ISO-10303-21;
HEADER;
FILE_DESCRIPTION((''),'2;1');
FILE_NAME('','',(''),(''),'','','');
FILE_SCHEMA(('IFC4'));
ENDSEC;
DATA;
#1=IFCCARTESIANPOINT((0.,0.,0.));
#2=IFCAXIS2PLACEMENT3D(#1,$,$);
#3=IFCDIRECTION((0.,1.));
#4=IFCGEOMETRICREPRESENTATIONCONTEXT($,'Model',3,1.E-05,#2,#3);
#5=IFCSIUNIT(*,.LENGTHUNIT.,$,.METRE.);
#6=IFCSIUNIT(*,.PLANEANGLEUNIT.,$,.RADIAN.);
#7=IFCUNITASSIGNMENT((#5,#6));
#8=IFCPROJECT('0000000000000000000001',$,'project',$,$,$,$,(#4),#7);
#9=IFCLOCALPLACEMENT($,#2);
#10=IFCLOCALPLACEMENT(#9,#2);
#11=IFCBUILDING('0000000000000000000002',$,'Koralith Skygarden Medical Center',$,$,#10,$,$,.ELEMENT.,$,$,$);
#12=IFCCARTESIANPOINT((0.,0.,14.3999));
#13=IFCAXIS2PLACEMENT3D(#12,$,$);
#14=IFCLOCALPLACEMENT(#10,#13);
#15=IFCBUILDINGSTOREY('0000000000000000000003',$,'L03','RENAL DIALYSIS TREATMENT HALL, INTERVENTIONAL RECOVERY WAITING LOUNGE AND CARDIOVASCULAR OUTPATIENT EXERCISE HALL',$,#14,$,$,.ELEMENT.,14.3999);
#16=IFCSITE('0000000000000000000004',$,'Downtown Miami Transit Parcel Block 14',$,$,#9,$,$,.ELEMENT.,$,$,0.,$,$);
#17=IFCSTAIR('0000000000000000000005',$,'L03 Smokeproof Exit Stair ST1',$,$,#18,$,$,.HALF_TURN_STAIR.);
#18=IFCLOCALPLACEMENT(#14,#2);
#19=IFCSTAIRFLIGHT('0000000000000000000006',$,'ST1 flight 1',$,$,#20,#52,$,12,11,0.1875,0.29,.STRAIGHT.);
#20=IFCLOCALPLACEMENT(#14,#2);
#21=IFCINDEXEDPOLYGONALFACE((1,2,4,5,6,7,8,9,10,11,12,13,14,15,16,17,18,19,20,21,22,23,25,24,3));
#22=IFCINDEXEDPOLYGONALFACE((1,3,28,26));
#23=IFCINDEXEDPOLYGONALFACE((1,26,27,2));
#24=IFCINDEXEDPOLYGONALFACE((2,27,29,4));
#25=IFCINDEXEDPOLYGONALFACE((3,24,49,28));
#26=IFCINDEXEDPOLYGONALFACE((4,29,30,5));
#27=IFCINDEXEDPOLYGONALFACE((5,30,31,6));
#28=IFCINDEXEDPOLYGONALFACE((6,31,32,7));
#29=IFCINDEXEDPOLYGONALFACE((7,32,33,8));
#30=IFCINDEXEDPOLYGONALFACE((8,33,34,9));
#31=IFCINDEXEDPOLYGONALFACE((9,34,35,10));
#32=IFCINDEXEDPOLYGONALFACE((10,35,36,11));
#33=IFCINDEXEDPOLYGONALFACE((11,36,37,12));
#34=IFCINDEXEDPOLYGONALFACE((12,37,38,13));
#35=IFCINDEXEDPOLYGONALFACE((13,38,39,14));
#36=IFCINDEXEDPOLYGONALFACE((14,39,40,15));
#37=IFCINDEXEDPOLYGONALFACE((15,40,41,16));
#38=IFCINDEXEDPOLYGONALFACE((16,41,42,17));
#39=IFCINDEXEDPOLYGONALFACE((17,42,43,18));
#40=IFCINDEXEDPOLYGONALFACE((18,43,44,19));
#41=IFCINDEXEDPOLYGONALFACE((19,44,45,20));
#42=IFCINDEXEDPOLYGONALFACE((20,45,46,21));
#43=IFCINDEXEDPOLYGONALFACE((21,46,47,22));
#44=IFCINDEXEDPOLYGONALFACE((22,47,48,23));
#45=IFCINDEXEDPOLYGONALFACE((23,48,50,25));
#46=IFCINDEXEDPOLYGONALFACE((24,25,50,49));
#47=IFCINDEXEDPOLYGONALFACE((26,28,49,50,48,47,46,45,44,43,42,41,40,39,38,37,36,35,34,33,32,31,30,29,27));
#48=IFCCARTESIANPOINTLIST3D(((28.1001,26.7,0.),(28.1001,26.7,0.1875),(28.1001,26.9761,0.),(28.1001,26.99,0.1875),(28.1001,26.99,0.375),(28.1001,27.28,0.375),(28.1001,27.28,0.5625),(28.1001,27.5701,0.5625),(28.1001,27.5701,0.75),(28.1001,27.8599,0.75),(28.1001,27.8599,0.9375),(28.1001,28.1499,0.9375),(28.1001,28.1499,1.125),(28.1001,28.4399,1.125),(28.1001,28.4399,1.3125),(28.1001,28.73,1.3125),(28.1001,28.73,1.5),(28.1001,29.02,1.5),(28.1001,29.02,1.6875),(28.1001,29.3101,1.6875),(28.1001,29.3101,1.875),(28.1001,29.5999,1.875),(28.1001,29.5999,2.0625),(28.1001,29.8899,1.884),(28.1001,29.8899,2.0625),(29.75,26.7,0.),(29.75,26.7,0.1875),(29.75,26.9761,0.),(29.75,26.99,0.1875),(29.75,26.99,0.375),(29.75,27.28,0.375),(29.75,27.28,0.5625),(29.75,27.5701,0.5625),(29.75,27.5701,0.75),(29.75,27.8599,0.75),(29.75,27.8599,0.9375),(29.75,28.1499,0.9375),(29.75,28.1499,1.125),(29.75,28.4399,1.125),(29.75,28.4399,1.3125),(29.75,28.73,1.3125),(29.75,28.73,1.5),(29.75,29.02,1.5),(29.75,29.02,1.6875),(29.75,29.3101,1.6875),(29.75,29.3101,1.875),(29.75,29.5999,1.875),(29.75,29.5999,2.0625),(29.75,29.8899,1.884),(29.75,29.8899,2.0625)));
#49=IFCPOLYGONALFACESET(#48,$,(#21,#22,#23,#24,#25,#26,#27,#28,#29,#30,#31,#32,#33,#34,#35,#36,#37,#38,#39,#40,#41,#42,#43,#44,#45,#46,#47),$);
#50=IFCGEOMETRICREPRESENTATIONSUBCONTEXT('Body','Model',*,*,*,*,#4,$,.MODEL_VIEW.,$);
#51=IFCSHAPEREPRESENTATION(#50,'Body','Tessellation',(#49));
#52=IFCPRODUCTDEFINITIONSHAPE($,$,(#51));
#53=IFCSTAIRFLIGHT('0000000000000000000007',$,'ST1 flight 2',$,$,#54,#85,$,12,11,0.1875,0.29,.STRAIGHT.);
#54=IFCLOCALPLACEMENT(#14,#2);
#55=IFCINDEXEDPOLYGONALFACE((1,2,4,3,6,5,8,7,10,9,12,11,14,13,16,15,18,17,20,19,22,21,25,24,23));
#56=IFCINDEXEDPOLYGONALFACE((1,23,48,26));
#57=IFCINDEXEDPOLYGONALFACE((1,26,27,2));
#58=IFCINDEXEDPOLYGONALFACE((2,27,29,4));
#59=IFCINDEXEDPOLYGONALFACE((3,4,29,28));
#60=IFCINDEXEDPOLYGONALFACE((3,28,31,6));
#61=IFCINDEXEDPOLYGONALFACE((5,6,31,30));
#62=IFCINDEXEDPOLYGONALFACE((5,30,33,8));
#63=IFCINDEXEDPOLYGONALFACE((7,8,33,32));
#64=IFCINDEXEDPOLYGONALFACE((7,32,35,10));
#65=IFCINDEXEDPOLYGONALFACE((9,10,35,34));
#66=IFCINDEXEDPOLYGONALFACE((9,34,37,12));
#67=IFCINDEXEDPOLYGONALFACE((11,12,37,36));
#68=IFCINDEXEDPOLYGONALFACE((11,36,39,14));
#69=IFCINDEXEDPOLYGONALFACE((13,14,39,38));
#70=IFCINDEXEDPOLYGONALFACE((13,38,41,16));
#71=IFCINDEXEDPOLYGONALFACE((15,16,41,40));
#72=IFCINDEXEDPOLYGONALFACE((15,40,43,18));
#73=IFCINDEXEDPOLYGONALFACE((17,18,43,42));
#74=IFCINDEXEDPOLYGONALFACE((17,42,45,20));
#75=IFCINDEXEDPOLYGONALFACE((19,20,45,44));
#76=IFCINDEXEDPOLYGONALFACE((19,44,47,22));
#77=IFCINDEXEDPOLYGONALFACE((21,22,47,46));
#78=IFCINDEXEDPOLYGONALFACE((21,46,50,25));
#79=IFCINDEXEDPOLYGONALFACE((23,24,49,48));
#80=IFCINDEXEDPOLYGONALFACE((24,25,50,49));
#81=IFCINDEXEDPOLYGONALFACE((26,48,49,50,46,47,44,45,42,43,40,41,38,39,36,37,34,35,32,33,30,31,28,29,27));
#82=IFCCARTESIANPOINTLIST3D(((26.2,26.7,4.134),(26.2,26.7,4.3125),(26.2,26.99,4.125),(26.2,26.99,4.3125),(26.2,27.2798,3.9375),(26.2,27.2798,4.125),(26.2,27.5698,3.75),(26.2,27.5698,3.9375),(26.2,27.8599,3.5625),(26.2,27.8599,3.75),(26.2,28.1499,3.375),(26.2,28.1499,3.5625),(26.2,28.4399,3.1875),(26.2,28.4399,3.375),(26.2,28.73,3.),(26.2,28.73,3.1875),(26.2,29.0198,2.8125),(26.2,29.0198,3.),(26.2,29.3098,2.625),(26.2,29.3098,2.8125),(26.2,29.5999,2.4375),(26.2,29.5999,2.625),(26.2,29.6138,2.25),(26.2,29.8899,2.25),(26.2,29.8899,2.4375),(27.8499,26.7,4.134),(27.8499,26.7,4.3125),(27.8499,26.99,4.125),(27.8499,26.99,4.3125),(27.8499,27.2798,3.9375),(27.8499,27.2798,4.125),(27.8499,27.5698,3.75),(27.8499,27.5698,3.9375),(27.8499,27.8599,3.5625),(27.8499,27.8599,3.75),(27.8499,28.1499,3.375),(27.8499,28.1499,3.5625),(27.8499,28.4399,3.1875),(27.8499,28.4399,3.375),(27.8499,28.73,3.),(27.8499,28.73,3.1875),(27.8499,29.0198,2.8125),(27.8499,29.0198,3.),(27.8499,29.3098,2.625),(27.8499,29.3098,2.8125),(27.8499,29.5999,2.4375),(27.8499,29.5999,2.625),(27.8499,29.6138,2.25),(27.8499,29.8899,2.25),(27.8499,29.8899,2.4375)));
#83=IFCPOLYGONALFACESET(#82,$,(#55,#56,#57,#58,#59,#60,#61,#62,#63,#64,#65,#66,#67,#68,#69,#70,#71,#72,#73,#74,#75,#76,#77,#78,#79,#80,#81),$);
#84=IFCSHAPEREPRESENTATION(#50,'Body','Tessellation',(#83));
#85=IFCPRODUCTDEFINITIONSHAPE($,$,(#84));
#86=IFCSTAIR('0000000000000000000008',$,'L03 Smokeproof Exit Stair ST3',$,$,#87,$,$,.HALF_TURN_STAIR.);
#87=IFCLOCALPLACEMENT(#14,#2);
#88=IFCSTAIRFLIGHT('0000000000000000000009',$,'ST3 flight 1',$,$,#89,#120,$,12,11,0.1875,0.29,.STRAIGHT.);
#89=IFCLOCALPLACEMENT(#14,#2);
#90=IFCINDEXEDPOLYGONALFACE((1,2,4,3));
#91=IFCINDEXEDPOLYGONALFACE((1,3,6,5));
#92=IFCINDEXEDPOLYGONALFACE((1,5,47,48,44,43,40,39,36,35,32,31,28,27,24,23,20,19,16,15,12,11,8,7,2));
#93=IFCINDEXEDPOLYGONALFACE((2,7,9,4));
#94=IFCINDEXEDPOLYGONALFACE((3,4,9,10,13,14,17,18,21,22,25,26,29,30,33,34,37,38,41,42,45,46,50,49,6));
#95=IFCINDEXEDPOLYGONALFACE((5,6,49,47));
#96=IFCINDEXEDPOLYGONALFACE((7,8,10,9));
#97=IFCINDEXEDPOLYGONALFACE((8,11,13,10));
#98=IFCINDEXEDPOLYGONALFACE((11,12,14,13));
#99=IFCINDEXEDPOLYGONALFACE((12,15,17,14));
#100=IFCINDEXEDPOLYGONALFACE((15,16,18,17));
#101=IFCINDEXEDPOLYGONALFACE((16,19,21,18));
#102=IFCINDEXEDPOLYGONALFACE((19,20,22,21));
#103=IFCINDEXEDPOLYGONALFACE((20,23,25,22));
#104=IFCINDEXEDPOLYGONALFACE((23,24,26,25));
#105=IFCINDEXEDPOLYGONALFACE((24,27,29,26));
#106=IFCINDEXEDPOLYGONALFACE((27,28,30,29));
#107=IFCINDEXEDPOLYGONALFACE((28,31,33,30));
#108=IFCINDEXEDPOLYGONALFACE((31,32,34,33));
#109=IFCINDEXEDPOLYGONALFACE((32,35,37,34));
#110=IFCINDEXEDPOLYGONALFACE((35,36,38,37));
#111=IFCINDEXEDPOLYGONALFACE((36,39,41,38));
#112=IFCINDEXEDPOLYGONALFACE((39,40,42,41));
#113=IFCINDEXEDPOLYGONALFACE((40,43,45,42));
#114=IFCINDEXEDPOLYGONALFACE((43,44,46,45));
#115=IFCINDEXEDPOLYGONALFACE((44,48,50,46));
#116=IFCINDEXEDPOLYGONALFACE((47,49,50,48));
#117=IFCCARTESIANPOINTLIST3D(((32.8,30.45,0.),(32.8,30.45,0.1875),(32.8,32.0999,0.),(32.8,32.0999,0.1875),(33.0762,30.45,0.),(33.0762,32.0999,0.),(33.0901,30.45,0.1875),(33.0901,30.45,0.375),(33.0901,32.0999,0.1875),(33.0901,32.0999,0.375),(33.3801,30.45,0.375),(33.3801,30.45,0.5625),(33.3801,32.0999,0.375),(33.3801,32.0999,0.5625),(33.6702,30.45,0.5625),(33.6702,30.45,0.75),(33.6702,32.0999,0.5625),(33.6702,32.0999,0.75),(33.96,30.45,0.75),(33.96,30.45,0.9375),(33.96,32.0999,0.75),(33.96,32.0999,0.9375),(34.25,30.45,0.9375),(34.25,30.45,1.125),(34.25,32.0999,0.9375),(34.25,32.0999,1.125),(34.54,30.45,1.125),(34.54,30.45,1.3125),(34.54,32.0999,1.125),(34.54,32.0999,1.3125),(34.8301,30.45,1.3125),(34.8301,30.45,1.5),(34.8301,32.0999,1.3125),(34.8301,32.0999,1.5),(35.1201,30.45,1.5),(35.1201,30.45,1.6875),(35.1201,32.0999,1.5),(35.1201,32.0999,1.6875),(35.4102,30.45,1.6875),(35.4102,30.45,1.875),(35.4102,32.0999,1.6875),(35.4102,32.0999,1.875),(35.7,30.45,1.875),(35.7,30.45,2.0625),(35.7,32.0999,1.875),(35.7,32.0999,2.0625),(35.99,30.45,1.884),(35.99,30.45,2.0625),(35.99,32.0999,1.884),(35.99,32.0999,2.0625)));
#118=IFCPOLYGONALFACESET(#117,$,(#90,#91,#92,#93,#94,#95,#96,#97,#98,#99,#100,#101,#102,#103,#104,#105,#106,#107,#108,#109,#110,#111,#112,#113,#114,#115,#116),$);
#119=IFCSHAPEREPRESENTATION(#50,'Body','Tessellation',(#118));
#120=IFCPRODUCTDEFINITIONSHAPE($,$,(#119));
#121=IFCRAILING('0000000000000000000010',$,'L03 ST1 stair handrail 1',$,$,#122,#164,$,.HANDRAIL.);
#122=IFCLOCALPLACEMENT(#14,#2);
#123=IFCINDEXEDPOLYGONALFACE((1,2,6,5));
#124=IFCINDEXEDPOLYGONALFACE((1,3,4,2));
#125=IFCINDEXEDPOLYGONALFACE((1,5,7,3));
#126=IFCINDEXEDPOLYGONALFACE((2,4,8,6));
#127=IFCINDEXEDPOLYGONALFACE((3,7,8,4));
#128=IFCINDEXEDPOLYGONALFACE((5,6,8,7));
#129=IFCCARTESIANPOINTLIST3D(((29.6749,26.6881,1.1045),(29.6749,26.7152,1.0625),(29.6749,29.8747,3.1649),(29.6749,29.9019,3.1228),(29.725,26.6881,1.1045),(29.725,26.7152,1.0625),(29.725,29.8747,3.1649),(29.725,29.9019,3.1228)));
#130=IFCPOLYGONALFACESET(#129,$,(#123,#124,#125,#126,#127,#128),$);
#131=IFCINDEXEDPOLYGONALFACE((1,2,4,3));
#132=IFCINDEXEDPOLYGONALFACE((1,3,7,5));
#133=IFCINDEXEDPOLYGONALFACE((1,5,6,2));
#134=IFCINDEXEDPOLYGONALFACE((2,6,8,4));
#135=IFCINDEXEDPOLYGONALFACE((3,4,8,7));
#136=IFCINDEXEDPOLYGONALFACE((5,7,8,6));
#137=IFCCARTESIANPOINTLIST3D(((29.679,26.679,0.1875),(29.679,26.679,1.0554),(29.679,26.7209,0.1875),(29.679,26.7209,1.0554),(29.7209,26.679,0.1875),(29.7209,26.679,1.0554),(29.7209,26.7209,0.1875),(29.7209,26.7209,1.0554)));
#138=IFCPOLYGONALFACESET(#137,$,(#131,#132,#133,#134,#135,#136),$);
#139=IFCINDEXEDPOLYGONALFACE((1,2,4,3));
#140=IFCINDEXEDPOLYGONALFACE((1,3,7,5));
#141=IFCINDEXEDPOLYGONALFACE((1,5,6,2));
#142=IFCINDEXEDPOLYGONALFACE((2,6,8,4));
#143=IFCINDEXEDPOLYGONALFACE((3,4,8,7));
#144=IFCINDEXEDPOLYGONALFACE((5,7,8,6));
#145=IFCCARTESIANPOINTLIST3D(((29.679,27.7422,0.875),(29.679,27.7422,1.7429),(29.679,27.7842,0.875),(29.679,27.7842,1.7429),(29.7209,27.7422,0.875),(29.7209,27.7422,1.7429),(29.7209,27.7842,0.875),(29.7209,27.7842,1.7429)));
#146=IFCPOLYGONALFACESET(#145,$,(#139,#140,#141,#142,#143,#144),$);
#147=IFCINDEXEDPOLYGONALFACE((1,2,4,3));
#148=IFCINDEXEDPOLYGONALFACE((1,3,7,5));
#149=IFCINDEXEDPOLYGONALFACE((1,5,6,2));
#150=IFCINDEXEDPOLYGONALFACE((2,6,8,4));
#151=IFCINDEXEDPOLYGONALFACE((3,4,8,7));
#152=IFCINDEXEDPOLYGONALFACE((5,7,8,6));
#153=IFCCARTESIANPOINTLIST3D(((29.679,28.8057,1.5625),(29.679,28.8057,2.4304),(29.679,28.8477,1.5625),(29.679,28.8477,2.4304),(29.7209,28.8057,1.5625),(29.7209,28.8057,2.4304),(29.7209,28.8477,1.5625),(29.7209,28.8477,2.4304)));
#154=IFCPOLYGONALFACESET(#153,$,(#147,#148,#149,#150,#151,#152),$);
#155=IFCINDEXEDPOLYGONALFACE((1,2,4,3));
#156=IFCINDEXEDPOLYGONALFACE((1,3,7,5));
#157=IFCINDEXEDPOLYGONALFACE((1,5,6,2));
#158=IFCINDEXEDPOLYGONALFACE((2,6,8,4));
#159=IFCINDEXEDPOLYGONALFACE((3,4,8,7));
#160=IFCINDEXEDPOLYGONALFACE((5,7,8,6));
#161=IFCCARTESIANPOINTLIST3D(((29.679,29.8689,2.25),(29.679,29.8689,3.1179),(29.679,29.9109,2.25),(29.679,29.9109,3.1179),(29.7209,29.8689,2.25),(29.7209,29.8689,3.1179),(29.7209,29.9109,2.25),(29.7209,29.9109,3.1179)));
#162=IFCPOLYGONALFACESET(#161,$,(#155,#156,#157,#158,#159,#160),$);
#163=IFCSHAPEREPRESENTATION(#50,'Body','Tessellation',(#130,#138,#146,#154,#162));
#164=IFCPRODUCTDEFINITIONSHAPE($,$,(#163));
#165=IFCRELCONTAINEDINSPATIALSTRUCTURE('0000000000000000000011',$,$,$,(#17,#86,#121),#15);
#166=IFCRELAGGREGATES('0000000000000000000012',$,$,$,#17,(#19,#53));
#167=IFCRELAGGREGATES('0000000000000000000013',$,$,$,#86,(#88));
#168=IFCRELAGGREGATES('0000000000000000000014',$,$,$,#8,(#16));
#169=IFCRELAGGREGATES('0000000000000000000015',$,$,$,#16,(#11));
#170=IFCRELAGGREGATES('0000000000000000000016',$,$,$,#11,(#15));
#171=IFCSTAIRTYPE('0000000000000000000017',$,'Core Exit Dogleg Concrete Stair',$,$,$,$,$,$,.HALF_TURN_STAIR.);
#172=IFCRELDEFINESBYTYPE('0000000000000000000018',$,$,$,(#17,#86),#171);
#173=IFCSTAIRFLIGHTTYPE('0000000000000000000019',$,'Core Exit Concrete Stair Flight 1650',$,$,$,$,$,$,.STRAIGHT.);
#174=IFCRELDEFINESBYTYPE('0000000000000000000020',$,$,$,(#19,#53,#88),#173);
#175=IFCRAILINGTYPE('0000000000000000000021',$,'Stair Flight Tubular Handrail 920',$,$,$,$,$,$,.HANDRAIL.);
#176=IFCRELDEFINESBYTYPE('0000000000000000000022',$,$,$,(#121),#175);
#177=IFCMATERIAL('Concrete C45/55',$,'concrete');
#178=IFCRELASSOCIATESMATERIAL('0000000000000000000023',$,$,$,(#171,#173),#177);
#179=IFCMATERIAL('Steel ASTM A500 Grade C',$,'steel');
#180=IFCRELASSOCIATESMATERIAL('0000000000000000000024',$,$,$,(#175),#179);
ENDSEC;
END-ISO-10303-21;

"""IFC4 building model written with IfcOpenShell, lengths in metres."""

from ifc_helpers import new_model, si_unit, direction, frame, origin, origin_2d, place, context, subcontext, project, spatial, polyline, rectangle, outline, extrude, material, type_object, element, aggregate, save


model = new_model("IFC4")

# Units and contexts
model_context = context("Model", 3, precision=1e-05, world=origin(), true_north=direction((0.0, 1.0)))
body_context = subcontext(model_context, "Body", "Model", "MODEL_VIEW")
ifc_project = project(units=[si_unit("LENGTHUNIT", "METRE"), si_unit("PLANEANGLEUNIT", "RADIAN")], contexts=[model_context])

# Site, building, storey
site_placement = place(None, origin())
site = spatial("IfcSite", under=ifc_project, at=site_placement, Name="Downtown Miami Transit Parcel Block 14", CompositionType="ELEMENT", RefElevation=0.0)
building_placement = place(site_placement, origin())
building = spatial("IfcBuilding", under=site, at=building_placement, Name="Koralith Skygarden Medical Center", CompositionType="ELEMENT")
storey_placement = place(building_placement, frame((0.0, 0.0, 14.3999)))
storey = spatial("IfcBuildingStorey", under=building, at=storey_placement, Name="L03", Description="RENAL DIALYSIS TREATMENT HALL, INTERVENTIONAL RECOVERY WAITING LOUNGE AND CARDIOVASCULAR OUTPATIENT EXERCISE HALL", CompositionType="ELEMENT", Elevation=14.3999)

# Shared definitions
ifc_material_1 = material(Name="Concrete C45/55", Category="concrete")

# Stair, stair flights
stair_type = type_object("IfcStairType", Name="Core Exit Dogleg Concrete Stair", PredefinedType="HALF_TURN_STAIR", material=ifc_material_1)
stair_1_placement = place(storey_placement, origin())
stair_1 = element("IfcStair", 1, at=stair_1_placement, inside=storey, type_object=stair_type, Name="L03 Smokeproof Exit Stair ST1", PredefinedType="HALF_TURN_STAIR")
stair_flight_type = type_object("IfcStairFlightType", Name="Core Exit Concrete Stair Flight 1650", PredefinedType="STRAIGHT", material=ifc_material_1)
stair_flight_1_placement = place(storey_placement, frame((28.925, 26.7, 0.0), z_axis=(0.0, 0.0, 1.0), x_axis=(0.0, 1.0, 0.0)))
stair_flight_1 = element("IfcStairFlight", 2, at=stair_flight_1_placement, type_object=stair_flight_type, Name="ST1 flight 1", NumberOfRisers=12, NumberOfTreads=11, PredefinedType="STRAIGHT", RiserHeight=0.1875, TreadLength=0.29, context=body_context, shape_type="SweptSolid", body=[
    extrude(outline(polyline([(0.0, 0.0), (0.0, 0.1875), (0.29, 0.1875), (0.29, 0.375), (0.5801, 0.375), (0.5801, 0.5625), (0.8701, 0.5625), (0.8701, 0.75), (1.1599, 0.75), (1.1599, 0.9375), (1.45, 0.9375), (1.45, 1.125), (1.74, 1.125), (1.74, 1.3125), (2.03, 1.3125), (2.03, 1.5), (2.3201, 1.5), (2.3201, 1.6875), (2.6101, 1.6875), (2.6101, 1.875), (2.8999, 1.875), (2.8999, 2.0625), (3.1899, 2.0625), (3.1899, 2.25), (3.1899, 1.884), (0.2761, 0.0), (0.0, 0.0)])), frame((0.0, 0.825, 0.0), z_axis=(0.0, -1.0, 0.0), x_axis=(1.0, 0.0, 0.0)), (0.0, 0.0, 1.0), 1.6499),
])
stair_flight_2_placement = place(storey_placement, frame((27.0249, 29.8899, 2.25), z_axis=(0.0, 0.0, 1.0), x_axis=(0.0, -1.0, 0.0)))
stair_flight_2 = element("IfcStairFlight", 3, at=stair_flight_2_placement, type_object=stair_flight_type, Name="ST1 flight 2", NumberOfRisers=12, NumberOfTreads=11, PredefinedType="STRAIGHT", RiserHeight=0.1875, TreadLength=0.29, context=body_context, shape_type="SweptSolid", body=[
    extrude(outline(polyline([(0.0, 0.0), (0.0, 0.1875), (0.29, 0.1875), (0.29, 0.375), (0.5801, 0.375), (0.5801, 0.5625), (0.8701, 0.5625), (0.8701, 0.75), (1.1599, 0.75), (1.1599, 0.9375), (1.45, 0.9375), (1.45, 1.125), (1.74, 1.125), (1.74, 1.3125), (2.03, 1.3125), (2.03, 1.5), (2.3201, 1.5), (2.3201, 1.6875), (2.6101, 1.6875), (2.6101, 1.875), (2.8999, 1.875), (2.8999, 2.0625), (3.1899, 2.0625), (3.1899, 2.25), (3.1899, 1.884), (0.2761, 0.0), (0.0, 0.0)])), frame((0.0, 0.825, 0.0), z_axis=(0.0, -1.0, 0.0), x_axis=(1.0, 0.0, 0.0)), (0.0, 0.0, 1.0), 1.6499),
])
aggregate(stair_1, [stair_flight_1, stair_flight_2])

# Stair, stair flight
stair_2_placement = place(storey_placement, origin())
stair_2 = element("IfcStair", 4, at=stair_2_placement, inside=storey, type_object=stair_type, Name="L03 Smokeproof Exit Stair ST3", PredefinedType="HALF_TURN_STAIR")
stair_flight_3_placement = place(storey_placement, frame((32.8, 31.2749, 0.0), z_axis=(0.0, 0.0, 1.0), x_axis=(1.0, 0.0, 0.0)))
stair_flight_3 = element("IfcStairFlight", 5, at=stair_flight_3_placement, type_object=stair_flight_type, Name="ST3 flight 1", NumberOfRisers=12, NumberOfTreads=11, PredefinedType="STRAIGHT", RiserHeight=0.1875, TreadLength=0.29, context=body_context, shape_type="SweptSolid", body=[
    extrude(outline(polyline([(0.0, 0.0), (0.0, 0.1875), (0.29, 0.1875), (0.29, 0.375), (0.5801, 0.375), (0.5801, 0.5625), (0.8701, 0.5625), (0.8701, 0.75), (1.1599, 0.75), (1.1599, 0.9375), (1.45, 0.9375), (1.45, 1.125), (1.74, 1.125), (1.74, 1.3125), (2.03, 1.3125), (2.03, 1.5), (2.3201, 1.5), (2.3201, 1.6875), (2.6101, 1.6875), (2.6101, 1.875), (2.8999, 1.875), (2.8999, 2.0625), (3.1899, 2.0625), (3.1899, 2.25), (3.1899, 1.884), (0.2761, 0.0), (0.0, 0.0)])), frame((0.0, 0.825, 0.0), z_axis=(0.0, -1.0, 0.0), x_axis=(1.0, 0.0, 0.0)), (0.0, 0.0, 1.0), 1.6499),
])
aggregate(stair_2, [stair_flight_3])

# Railing
ifc_material_2 = material(Name="Steel ASTM A500 Grade C", Category="steel")
railing_type_1 = type_object("IfcRailingType", Name="Stair Flight Tubular Handrail 920", PredefinedType="HANDRAIL", material=ifc_material_2)
railing_1_placement = place(storey_placement, frame((29.7, 26.7, 0.1875)))
element("IfcRailing", 6, at=railing_1_placement, inside=storey, type_object=railing_type_1, Name="L03 ST1 stair handrail 1", PredefinedType="HANDRAIL", context=body_context, shape_type="SweptSolid", body=[
    extrude(rectangle(XDim=0.05, YDim=0.05, at=origin_2d()), frame((0.0, 0.0017, 0.896), z_axis=(0.0, 0.83976, 0.542958), x_axis=(-1.0, 0.0, 0.0)), (0.0, 0.0, 1.0), 3.7947),
    extrude(rectangle(XDim=0.042, YDim=0.042, at=origin_2d()), origin(), (0.0, 0.0, 1.0), 0.8679),
    extrude(rectangle(XDim=0.042, YDim=0.042, at=origin_2d()), frame((0.0, 1.0632, 0.6875)), (0.0, 0.0, 1.0), 0.8679),
    extrude(rectangle(XDim=0.042, YDim=0.042, at=origin_2d()), frame((0.0, 2.1267, 1.375)), (0.0, 0.0, 1.0), 0.8679),
    extrude(rectangle(XDim=0.042, YDim=0.042, at=origin_2d()), frame((0.0, 3.1899, 2.0625)), (0.0, 0.0, 1.0), 0.8679),
])

save(model, "model.ifc")
